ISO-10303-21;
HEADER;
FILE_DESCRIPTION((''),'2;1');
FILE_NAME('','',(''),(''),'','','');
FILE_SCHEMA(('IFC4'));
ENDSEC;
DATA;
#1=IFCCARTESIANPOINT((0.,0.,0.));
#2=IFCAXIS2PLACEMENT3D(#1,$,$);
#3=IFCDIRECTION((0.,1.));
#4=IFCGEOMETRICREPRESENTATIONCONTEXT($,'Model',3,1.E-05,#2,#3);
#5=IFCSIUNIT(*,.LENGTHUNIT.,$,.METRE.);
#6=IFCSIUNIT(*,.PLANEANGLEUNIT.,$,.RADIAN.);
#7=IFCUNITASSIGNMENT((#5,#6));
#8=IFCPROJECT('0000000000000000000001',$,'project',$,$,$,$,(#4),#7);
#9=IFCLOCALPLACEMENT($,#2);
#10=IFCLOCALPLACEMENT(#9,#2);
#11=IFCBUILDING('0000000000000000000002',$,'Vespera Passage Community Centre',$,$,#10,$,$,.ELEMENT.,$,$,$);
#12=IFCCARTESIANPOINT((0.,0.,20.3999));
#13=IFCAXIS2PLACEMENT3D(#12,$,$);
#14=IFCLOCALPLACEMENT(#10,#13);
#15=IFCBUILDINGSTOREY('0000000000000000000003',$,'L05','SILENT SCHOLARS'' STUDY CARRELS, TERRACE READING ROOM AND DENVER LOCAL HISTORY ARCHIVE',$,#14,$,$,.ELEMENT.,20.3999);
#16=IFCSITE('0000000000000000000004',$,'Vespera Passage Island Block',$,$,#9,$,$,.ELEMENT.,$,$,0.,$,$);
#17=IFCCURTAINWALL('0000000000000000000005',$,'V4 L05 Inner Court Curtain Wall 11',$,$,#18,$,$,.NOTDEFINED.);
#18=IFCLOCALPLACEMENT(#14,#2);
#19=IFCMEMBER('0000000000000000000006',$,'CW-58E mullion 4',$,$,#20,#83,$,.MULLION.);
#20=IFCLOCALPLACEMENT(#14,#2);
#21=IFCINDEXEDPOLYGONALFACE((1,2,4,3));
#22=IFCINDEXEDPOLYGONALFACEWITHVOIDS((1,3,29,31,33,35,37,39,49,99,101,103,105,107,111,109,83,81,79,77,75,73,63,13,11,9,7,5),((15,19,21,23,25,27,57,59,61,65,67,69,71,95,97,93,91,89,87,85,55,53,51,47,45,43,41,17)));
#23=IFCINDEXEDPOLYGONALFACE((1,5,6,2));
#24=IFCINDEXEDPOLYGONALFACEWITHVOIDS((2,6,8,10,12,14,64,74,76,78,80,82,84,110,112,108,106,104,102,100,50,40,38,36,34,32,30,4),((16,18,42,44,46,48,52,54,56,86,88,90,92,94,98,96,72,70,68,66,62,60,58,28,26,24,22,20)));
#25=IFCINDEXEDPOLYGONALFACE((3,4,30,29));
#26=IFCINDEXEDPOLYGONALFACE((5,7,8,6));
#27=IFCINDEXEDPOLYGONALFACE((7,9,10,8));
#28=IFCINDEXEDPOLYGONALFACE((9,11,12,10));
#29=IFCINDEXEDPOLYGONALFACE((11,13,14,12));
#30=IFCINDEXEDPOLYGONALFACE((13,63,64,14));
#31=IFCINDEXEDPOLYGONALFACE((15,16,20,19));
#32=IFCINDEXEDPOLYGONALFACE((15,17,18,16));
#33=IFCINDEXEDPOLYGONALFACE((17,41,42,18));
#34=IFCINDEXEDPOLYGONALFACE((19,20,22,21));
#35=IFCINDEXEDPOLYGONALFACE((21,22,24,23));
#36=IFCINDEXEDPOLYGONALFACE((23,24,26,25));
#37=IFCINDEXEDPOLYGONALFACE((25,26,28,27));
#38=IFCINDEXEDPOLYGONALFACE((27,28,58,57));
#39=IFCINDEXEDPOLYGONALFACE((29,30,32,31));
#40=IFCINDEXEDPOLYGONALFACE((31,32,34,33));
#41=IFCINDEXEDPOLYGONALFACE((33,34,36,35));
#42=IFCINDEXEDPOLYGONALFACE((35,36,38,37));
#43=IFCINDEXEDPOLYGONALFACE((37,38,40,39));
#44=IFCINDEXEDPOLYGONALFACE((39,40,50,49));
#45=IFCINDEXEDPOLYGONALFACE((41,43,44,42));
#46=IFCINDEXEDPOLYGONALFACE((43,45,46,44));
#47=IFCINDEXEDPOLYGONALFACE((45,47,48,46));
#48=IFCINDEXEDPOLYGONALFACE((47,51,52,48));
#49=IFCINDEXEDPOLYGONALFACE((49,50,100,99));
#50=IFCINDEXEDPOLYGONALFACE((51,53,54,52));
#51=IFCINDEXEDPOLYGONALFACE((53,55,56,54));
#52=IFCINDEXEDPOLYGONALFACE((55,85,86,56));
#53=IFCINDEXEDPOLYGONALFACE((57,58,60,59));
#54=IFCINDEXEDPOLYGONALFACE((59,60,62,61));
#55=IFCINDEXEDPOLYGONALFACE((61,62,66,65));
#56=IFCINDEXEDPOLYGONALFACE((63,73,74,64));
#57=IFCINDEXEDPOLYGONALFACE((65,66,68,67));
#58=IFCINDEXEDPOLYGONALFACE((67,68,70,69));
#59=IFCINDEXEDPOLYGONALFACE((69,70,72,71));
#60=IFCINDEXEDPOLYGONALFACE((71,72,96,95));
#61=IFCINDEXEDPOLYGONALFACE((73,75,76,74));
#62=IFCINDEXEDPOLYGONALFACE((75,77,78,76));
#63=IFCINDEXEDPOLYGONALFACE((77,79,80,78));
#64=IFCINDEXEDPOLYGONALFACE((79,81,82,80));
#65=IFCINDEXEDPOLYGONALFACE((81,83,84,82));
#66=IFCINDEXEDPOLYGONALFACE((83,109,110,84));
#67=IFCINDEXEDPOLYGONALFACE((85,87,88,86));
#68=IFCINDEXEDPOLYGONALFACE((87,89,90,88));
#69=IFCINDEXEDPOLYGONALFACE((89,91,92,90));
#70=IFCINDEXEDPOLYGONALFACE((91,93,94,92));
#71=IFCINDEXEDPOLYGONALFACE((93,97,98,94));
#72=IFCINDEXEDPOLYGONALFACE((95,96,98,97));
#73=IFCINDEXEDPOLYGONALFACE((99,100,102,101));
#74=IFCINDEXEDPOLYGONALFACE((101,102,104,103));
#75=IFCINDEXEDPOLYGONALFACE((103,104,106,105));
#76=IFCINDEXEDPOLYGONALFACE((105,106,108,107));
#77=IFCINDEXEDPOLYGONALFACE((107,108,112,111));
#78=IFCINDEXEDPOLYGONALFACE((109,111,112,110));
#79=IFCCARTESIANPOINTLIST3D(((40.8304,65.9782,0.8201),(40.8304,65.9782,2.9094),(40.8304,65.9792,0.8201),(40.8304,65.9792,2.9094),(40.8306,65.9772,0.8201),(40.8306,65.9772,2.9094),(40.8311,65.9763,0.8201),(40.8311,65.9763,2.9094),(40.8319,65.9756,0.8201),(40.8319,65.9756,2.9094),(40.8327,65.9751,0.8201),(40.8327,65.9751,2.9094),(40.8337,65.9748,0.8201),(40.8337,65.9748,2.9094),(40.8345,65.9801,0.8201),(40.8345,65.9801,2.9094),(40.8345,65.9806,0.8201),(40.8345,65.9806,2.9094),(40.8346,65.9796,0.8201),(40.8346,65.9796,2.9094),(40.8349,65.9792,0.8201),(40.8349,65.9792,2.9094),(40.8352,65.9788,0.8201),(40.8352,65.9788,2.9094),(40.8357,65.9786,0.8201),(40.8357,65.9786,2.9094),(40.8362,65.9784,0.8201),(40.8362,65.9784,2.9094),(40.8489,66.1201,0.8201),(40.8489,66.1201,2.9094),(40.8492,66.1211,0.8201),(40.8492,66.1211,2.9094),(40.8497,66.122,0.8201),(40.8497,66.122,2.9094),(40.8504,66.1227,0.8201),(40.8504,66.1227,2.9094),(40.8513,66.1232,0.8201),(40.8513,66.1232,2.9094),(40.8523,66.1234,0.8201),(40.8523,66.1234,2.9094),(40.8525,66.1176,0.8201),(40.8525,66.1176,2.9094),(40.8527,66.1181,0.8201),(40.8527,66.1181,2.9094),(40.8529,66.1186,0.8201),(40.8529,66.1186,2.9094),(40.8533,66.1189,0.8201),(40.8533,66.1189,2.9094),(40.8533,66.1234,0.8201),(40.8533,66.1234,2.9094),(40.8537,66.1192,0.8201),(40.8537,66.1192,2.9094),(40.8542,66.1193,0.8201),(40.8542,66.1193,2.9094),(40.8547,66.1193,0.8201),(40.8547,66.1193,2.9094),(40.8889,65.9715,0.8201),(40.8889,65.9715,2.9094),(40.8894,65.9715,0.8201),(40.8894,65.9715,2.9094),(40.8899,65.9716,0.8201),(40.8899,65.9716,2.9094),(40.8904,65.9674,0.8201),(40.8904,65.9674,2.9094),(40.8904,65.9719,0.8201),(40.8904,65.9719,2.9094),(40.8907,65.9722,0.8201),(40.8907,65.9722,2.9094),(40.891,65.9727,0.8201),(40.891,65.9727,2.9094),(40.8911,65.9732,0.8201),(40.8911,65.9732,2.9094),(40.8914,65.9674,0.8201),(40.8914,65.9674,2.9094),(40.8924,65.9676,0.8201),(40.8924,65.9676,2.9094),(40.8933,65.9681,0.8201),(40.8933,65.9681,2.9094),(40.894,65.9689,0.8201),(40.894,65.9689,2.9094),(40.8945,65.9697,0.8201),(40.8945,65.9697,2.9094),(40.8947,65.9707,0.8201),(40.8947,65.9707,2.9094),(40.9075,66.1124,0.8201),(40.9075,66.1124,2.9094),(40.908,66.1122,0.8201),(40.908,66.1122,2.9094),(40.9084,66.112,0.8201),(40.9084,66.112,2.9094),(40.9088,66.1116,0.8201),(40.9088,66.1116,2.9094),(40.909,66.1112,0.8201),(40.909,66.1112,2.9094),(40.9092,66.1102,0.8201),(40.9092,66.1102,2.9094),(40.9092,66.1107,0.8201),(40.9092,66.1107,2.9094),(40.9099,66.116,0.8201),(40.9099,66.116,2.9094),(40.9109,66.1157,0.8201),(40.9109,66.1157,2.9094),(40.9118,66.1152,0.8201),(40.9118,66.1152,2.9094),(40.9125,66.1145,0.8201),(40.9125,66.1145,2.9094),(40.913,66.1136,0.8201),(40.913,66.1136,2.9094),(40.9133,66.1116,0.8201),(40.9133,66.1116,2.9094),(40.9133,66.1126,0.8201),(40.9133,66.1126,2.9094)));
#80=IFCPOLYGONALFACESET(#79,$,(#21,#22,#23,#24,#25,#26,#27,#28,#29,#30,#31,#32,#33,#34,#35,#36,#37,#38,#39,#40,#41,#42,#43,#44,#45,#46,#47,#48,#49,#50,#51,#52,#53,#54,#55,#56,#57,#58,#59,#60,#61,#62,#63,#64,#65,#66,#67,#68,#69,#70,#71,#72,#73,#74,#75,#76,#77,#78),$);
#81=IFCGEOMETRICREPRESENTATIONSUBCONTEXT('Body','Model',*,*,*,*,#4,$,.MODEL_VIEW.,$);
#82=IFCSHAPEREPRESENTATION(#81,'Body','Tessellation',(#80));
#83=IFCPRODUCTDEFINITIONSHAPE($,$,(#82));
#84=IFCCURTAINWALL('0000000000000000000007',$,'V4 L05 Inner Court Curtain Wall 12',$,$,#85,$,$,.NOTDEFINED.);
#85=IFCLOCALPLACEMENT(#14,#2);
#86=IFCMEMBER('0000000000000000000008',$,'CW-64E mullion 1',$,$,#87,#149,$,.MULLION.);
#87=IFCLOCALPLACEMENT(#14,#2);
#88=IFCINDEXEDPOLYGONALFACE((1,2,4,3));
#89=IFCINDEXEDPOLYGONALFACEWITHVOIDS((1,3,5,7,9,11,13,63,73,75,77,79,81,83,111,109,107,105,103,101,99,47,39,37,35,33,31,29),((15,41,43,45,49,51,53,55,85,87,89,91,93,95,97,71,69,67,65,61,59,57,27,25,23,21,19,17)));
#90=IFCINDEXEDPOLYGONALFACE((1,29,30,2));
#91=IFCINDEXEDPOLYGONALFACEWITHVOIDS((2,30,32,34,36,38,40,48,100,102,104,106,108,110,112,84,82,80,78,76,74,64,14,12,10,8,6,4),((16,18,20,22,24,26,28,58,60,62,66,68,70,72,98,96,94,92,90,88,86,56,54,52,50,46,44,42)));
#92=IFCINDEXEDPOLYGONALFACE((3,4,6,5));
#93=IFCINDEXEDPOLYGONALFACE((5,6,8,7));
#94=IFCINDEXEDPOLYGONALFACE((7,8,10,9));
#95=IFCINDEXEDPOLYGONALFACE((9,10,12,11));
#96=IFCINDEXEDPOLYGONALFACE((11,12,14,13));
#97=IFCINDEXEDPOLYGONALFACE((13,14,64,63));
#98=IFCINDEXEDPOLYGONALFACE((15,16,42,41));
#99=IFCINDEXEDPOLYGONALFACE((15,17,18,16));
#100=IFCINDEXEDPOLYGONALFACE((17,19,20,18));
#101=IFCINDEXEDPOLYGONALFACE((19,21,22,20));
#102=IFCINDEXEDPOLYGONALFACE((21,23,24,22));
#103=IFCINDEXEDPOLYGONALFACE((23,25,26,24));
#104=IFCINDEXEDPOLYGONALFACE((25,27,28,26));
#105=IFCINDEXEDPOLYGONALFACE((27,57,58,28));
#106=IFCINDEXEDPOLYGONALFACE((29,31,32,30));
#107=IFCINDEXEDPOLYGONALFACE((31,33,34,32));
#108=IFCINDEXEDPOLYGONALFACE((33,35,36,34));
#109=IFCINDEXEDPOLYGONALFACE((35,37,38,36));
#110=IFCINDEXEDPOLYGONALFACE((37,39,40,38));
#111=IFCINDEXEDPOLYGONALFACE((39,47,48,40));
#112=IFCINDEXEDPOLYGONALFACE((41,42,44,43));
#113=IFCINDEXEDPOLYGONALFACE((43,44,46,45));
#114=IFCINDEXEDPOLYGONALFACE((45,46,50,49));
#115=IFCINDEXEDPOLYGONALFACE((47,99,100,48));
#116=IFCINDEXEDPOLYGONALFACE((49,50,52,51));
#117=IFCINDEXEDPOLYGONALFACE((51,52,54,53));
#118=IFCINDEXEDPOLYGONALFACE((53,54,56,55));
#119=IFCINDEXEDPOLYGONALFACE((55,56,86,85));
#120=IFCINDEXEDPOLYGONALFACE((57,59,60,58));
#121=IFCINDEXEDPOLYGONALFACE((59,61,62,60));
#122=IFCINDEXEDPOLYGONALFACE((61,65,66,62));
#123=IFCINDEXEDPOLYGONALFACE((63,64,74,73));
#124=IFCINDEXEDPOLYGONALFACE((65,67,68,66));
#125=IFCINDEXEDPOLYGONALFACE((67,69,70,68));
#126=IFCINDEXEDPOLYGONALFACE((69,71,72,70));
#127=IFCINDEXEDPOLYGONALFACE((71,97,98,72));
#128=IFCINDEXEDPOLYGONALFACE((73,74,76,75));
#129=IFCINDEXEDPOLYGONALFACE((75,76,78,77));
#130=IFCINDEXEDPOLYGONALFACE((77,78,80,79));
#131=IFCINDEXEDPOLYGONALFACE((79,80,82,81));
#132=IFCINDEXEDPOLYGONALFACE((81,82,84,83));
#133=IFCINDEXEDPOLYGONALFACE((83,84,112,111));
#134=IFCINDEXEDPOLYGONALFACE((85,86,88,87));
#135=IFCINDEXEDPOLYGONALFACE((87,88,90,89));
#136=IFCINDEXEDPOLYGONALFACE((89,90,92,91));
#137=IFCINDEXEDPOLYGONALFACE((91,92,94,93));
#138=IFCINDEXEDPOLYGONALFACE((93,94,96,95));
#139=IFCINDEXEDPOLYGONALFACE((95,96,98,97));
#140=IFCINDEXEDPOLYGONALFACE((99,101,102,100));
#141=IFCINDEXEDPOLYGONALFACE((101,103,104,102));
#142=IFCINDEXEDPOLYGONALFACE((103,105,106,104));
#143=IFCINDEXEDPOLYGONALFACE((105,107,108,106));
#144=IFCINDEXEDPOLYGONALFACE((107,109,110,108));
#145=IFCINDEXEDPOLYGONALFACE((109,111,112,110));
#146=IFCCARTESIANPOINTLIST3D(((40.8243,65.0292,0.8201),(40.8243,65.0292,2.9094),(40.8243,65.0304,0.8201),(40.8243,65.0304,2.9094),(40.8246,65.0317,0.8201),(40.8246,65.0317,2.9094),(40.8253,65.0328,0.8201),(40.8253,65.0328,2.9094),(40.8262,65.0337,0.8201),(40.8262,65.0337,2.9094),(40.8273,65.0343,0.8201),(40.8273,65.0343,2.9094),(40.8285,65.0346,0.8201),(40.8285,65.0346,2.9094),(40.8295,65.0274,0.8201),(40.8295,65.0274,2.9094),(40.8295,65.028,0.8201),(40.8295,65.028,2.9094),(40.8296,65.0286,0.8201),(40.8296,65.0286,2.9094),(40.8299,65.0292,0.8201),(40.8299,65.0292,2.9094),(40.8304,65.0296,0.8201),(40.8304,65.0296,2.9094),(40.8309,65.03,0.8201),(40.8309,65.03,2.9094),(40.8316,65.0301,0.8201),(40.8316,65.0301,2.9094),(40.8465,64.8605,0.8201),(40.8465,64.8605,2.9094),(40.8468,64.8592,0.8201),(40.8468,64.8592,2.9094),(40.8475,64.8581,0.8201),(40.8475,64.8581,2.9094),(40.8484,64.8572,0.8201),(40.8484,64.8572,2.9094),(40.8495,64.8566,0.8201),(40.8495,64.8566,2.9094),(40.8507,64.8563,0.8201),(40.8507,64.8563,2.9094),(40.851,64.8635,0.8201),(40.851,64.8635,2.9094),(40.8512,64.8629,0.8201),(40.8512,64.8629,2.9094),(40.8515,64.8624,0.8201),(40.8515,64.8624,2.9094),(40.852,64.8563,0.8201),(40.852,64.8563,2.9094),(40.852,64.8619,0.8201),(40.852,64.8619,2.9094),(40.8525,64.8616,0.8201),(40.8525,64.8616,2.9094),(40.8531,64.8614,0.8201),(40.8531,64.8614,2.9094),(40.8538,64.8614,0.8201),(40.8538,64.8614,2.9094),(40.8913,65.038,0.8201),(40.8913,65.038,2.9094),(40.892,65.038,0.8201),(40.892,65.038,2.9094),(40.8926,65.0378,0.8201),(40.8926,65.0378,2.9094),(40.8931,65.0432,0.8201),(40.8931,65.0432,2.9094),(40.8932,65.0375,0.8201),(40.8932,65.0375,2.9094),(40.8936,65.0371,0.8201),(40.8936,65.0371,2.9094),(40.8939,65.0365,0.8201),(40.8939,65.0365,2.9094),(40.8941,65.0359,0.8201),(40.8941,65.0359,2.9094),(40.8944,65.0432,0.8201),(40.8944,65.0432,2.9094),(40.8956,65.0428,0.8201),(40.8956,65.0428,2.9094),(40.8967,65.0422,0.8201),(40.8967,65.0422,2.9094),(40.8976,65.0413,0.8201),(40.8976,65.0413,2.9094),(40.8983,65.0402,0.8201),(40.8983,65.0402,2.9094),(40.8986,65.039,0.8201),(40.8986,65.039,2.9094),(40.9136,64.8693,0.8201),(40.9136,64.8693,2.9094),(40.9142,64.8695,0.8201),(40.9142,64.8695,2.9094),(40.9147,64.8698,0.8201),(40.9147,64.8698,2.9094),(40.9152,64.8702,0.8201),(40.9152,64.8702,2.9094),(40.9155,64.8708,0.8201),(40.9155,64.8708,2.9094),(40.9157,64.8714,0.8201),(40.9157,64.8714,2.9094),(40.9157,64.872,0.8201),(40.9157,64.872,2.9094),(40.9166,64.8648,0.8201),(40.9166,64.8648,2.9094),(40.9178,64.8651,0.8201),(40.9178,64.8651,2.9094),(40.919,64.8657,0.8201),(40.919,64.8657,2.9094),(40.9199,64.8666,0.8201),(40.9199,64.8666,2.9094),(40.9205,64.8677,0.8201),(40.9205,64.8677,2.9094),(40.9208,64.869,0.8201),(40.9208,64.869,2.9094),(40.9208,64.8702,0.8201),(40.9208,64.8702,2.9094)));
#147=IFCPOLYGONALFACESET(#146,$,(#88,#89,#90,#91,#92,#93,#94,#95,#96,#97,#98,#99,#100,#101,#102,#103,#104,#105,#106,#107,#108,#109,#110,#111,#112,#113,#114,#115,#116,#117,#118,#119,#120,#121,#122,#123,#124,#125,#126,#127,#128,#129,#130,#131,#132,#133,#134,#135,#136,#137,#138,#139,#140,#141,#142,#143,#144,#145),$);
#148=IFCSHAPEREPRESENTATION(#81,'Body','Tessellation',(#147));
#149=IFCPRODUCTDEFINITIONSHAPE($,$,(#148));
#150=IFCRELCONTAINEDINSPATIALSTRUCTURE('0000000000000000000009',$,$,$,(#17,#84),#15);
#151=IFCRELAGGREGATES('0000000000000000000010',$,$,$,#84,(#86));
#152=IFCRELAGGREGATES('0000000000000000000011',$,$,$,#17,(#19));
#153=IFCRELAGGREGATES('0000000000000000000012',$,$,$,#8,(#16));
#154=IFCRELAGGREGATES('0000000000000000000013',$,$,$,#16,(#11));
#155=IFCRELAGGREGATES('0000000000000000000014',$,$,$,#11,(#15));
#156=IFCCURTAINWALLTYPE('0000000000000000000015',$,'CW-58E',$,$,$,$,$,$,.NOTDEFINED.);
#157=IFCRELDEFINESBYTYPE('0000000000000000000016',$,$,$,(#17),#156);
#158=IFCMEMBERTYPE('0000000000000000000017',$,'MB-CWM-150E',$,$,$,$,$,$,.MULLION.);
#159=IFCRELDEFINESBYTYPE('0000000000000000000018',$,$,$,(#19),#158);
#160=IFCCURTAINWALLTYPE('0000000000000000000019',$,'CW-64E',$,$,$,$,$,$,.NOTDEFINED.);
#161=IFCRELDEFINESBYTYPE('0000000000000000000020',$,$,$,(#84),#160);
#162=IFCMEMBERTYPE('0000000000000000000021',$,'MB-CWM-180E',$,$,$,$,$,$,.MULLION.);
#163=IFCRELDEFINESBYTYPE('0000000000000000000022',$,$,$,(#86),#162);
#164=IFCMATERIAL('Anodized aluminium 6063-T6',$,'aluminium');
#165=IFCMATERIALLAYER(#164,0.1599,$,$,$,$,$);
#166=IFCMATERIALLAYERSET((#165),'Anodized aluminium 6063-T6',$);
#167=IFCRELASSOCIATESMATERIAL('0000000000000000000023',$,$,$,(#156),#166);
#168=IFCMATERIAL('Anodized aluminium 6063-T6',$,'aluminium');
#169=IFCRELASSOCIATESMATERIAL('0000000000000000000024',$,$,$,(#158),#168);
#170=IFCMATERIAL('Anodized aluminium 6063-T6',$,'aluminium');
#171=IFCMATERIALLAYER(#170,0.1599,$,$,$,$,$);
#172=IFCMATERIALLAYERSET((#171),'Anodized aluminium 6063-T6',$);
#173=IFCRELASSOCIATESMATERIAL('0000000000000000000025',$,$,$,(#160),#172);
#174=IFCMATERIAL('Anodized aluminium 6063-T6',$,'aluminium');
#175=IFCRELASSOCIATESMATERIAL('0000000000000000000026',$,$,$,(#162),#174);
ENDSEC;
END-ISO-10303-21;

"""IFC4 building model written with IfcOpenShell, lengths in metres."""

from ifc_helpers import new_model, si_unit, direction, frame, origin, origin_2d, place, context, subcontext, project, spatial, hollow_rectangle, extrude, material, layer, layer_set, material_profile, profile_set, type_object, element, aggregate, save


model = new_model("IFC4")

# Units and contexts
model_context = context("Model", 3, precision=1e-05, world=origin(), true_north=direction((0.0, 1.0)))
body_context = subcontext(model_context, "Body", "Model", "MODEL_VIEW")
ifc_project = project(units=[si_unit("LENGTHUNIT", "METRE"), si_unit("PLANEANGLEUNIT", "RADIAN")], contexts=[model_context])

# Site, building, storey
site_placement = place(None, origin())
site = spatial("IfcSite", under=ifc_project, at=site_placement, Name="Vespera Passage Island Block", CompositionType="ELEMENT", RefElevation=0.0)
building_placement = place(site_placement, origin())
building = spatial("IfcBuilding", under=site, at=building_placement, Name="Vespera Passage Community Centre", CompositionType="ELEMENT")
storey_placement = place(building_placement, frame((0.0, 0.0, 20.3999)))
storey = spatial("IfcBuildingStorey", under=building, at=storey_placement, Name="L05", Description="SILENT SCHOLARS' STUDY CARRELS, TERRACE READING ROOM AND DENVER LOCAL HISTORY ARCHIVE", CompositionType="ELEMENT", Elevation=20.3999)

# Curtain walls, members
ifc_material_1 = material(Name="Anodized aluminium 6063-T6", Category="aluminium")
ifc_layer_1 = layer(ifc_material_1, 0.1599)
ifc_layer_set_1 = layer_set([ifc_layer_1], Name="Anodized aluminium 6063-T6")
curtain_wall_type_1 = type_object("IfcCurtainWallType", Name="CW-58E", PredefinedType="NOTDEFINED", material=ifc_layer_set_1)
curtain_wall_1_placement = place(storey_placement, origin())
curtain_wall_1 = element("IfcCurtainWall", 1, at=curtain_wall_1_placement, inside=storey, type_object=curtain_wall_type_1, Name="V4 L05 Inner Court Curtain Wall 11", PredefinedType="NOTDEFINED")
ifc_material_2 = material(Name="Anodized aluminium 6063-T6", Category="aluminium")
ifc_material_profile_1 = material_profile(ifc_material_2, hollow_rectangle(XDim=0.0649, YDim=0.1499, WallThickness=0.0039, InnerFilletRadius=0.002, OuterFilletRadius=0.0039, at=origin_2d()), Name="ALU150X65X4")
ifc_profile_set_1 = profile_set([ifc_material_profile_1], Name="Anodized aluminium 6063-T6")
member_type_1 = type_object("IfcMemberType", Name="MB-CWM-150E", PredefinedType="MULLION", material=ifc_profile_set_1)
member_1_placement = place(storey_placement, frame((40.8718, 66.0454, 0.8201), z_axis=(0.0, 0.0, 1.0), x_axis=(0.991445, -0.130522, 0.0)))
member_1 = element("IfcMember", 2, at=member_1_placement, type_object=member_type_1, Name="CW-58E mullion 4", PredefinedType="MULLION", context=body_context, shape_type="SweptSolid", body=[
    extrude(hollow_rectangle(XDim=0.0649, YDim=0.1499, WallThickness=0.0039, InnerFilletRadius=0.002, OuterFilletRadius=0.0039, at=origin_2d()), origin(), (0.0, 0.0, 1.0), 2.0894),
])
ifc_material_3 = material(Name="Anodized aluminium 6063-T6", Category="aluminium")
ifc_layer_2 = layer(ifc_material_3, 0.1599)
ifc_layer_set_2 = layer_set([ifc_layer_2], Name="Anodized aluminium 6063-T6")
curtain_wall_type_2 = type_object("IfcCurtainWallType", Name="CW-64E", PredefinedType="NOTDEFINED", material=ifc_layer_set_2)
curtain_wall_2_placement = place(storey_placement, origin())
curtain_wall_2 = element("IfcCurtainWall", 3, at=curtain_wall_2_placement, inside=storey, type_object=curtain_wall_type_2, Name="V4 L05 Inner Court Curtain Wall 12", PredefinedType="NOTDEFINED")
ifc_material_4 = material(Name="Anodized aluminium 6063-T6", Category="aluminium")
ifc_material_profile_2 = material_profile(ifc_material_4, hollow_rectangle(XDim=0.075, YDim=0.1799, WallThickness=0.0049, InnerFilletRadius=0.0024, OuterFilletRadius=0.0049, at=origin_2d()), Name="ALU180X75X5")
ifc_profile_set_2 = profile_set([ifc_material_profile_2], Name="Anodized aluminium 6063-T6")
member_type_2 = type_object("IfcMemberType", Name="MB-CWM-180E", PredefinedType="MULLION", material=ifc_profile_set_2)
member_2_placement = place(storey_placement, frame((40.8726, 64.9497, 0.8201), z_axis=(0.0, 0.0, 1.0), x_axis=(0.991445, 0.130522, 0.0)))
member_2 = element("IfcMember", 4, at=member_2_placement, type_object=member_type_2, Name="CW-64E mullion 1", PredefinedType="MULLION", context=body_context, shape_type="SweptSolid", body=[
    extrude(hollow_rectangle(XDim=0.075, YDim=0.1799, WallThickness=0.0049, InnerFilletRadius=0.0024, OuterFilletRadius=0.0049, at=origin_2d()), origin(), (0.0, 0.0, 1.0), 2.0894),
])

aggregate(curtain_wall_2, [member_2])
aggregate(curtain_wall_1, [member_1])

save(model, "model.ifc")
